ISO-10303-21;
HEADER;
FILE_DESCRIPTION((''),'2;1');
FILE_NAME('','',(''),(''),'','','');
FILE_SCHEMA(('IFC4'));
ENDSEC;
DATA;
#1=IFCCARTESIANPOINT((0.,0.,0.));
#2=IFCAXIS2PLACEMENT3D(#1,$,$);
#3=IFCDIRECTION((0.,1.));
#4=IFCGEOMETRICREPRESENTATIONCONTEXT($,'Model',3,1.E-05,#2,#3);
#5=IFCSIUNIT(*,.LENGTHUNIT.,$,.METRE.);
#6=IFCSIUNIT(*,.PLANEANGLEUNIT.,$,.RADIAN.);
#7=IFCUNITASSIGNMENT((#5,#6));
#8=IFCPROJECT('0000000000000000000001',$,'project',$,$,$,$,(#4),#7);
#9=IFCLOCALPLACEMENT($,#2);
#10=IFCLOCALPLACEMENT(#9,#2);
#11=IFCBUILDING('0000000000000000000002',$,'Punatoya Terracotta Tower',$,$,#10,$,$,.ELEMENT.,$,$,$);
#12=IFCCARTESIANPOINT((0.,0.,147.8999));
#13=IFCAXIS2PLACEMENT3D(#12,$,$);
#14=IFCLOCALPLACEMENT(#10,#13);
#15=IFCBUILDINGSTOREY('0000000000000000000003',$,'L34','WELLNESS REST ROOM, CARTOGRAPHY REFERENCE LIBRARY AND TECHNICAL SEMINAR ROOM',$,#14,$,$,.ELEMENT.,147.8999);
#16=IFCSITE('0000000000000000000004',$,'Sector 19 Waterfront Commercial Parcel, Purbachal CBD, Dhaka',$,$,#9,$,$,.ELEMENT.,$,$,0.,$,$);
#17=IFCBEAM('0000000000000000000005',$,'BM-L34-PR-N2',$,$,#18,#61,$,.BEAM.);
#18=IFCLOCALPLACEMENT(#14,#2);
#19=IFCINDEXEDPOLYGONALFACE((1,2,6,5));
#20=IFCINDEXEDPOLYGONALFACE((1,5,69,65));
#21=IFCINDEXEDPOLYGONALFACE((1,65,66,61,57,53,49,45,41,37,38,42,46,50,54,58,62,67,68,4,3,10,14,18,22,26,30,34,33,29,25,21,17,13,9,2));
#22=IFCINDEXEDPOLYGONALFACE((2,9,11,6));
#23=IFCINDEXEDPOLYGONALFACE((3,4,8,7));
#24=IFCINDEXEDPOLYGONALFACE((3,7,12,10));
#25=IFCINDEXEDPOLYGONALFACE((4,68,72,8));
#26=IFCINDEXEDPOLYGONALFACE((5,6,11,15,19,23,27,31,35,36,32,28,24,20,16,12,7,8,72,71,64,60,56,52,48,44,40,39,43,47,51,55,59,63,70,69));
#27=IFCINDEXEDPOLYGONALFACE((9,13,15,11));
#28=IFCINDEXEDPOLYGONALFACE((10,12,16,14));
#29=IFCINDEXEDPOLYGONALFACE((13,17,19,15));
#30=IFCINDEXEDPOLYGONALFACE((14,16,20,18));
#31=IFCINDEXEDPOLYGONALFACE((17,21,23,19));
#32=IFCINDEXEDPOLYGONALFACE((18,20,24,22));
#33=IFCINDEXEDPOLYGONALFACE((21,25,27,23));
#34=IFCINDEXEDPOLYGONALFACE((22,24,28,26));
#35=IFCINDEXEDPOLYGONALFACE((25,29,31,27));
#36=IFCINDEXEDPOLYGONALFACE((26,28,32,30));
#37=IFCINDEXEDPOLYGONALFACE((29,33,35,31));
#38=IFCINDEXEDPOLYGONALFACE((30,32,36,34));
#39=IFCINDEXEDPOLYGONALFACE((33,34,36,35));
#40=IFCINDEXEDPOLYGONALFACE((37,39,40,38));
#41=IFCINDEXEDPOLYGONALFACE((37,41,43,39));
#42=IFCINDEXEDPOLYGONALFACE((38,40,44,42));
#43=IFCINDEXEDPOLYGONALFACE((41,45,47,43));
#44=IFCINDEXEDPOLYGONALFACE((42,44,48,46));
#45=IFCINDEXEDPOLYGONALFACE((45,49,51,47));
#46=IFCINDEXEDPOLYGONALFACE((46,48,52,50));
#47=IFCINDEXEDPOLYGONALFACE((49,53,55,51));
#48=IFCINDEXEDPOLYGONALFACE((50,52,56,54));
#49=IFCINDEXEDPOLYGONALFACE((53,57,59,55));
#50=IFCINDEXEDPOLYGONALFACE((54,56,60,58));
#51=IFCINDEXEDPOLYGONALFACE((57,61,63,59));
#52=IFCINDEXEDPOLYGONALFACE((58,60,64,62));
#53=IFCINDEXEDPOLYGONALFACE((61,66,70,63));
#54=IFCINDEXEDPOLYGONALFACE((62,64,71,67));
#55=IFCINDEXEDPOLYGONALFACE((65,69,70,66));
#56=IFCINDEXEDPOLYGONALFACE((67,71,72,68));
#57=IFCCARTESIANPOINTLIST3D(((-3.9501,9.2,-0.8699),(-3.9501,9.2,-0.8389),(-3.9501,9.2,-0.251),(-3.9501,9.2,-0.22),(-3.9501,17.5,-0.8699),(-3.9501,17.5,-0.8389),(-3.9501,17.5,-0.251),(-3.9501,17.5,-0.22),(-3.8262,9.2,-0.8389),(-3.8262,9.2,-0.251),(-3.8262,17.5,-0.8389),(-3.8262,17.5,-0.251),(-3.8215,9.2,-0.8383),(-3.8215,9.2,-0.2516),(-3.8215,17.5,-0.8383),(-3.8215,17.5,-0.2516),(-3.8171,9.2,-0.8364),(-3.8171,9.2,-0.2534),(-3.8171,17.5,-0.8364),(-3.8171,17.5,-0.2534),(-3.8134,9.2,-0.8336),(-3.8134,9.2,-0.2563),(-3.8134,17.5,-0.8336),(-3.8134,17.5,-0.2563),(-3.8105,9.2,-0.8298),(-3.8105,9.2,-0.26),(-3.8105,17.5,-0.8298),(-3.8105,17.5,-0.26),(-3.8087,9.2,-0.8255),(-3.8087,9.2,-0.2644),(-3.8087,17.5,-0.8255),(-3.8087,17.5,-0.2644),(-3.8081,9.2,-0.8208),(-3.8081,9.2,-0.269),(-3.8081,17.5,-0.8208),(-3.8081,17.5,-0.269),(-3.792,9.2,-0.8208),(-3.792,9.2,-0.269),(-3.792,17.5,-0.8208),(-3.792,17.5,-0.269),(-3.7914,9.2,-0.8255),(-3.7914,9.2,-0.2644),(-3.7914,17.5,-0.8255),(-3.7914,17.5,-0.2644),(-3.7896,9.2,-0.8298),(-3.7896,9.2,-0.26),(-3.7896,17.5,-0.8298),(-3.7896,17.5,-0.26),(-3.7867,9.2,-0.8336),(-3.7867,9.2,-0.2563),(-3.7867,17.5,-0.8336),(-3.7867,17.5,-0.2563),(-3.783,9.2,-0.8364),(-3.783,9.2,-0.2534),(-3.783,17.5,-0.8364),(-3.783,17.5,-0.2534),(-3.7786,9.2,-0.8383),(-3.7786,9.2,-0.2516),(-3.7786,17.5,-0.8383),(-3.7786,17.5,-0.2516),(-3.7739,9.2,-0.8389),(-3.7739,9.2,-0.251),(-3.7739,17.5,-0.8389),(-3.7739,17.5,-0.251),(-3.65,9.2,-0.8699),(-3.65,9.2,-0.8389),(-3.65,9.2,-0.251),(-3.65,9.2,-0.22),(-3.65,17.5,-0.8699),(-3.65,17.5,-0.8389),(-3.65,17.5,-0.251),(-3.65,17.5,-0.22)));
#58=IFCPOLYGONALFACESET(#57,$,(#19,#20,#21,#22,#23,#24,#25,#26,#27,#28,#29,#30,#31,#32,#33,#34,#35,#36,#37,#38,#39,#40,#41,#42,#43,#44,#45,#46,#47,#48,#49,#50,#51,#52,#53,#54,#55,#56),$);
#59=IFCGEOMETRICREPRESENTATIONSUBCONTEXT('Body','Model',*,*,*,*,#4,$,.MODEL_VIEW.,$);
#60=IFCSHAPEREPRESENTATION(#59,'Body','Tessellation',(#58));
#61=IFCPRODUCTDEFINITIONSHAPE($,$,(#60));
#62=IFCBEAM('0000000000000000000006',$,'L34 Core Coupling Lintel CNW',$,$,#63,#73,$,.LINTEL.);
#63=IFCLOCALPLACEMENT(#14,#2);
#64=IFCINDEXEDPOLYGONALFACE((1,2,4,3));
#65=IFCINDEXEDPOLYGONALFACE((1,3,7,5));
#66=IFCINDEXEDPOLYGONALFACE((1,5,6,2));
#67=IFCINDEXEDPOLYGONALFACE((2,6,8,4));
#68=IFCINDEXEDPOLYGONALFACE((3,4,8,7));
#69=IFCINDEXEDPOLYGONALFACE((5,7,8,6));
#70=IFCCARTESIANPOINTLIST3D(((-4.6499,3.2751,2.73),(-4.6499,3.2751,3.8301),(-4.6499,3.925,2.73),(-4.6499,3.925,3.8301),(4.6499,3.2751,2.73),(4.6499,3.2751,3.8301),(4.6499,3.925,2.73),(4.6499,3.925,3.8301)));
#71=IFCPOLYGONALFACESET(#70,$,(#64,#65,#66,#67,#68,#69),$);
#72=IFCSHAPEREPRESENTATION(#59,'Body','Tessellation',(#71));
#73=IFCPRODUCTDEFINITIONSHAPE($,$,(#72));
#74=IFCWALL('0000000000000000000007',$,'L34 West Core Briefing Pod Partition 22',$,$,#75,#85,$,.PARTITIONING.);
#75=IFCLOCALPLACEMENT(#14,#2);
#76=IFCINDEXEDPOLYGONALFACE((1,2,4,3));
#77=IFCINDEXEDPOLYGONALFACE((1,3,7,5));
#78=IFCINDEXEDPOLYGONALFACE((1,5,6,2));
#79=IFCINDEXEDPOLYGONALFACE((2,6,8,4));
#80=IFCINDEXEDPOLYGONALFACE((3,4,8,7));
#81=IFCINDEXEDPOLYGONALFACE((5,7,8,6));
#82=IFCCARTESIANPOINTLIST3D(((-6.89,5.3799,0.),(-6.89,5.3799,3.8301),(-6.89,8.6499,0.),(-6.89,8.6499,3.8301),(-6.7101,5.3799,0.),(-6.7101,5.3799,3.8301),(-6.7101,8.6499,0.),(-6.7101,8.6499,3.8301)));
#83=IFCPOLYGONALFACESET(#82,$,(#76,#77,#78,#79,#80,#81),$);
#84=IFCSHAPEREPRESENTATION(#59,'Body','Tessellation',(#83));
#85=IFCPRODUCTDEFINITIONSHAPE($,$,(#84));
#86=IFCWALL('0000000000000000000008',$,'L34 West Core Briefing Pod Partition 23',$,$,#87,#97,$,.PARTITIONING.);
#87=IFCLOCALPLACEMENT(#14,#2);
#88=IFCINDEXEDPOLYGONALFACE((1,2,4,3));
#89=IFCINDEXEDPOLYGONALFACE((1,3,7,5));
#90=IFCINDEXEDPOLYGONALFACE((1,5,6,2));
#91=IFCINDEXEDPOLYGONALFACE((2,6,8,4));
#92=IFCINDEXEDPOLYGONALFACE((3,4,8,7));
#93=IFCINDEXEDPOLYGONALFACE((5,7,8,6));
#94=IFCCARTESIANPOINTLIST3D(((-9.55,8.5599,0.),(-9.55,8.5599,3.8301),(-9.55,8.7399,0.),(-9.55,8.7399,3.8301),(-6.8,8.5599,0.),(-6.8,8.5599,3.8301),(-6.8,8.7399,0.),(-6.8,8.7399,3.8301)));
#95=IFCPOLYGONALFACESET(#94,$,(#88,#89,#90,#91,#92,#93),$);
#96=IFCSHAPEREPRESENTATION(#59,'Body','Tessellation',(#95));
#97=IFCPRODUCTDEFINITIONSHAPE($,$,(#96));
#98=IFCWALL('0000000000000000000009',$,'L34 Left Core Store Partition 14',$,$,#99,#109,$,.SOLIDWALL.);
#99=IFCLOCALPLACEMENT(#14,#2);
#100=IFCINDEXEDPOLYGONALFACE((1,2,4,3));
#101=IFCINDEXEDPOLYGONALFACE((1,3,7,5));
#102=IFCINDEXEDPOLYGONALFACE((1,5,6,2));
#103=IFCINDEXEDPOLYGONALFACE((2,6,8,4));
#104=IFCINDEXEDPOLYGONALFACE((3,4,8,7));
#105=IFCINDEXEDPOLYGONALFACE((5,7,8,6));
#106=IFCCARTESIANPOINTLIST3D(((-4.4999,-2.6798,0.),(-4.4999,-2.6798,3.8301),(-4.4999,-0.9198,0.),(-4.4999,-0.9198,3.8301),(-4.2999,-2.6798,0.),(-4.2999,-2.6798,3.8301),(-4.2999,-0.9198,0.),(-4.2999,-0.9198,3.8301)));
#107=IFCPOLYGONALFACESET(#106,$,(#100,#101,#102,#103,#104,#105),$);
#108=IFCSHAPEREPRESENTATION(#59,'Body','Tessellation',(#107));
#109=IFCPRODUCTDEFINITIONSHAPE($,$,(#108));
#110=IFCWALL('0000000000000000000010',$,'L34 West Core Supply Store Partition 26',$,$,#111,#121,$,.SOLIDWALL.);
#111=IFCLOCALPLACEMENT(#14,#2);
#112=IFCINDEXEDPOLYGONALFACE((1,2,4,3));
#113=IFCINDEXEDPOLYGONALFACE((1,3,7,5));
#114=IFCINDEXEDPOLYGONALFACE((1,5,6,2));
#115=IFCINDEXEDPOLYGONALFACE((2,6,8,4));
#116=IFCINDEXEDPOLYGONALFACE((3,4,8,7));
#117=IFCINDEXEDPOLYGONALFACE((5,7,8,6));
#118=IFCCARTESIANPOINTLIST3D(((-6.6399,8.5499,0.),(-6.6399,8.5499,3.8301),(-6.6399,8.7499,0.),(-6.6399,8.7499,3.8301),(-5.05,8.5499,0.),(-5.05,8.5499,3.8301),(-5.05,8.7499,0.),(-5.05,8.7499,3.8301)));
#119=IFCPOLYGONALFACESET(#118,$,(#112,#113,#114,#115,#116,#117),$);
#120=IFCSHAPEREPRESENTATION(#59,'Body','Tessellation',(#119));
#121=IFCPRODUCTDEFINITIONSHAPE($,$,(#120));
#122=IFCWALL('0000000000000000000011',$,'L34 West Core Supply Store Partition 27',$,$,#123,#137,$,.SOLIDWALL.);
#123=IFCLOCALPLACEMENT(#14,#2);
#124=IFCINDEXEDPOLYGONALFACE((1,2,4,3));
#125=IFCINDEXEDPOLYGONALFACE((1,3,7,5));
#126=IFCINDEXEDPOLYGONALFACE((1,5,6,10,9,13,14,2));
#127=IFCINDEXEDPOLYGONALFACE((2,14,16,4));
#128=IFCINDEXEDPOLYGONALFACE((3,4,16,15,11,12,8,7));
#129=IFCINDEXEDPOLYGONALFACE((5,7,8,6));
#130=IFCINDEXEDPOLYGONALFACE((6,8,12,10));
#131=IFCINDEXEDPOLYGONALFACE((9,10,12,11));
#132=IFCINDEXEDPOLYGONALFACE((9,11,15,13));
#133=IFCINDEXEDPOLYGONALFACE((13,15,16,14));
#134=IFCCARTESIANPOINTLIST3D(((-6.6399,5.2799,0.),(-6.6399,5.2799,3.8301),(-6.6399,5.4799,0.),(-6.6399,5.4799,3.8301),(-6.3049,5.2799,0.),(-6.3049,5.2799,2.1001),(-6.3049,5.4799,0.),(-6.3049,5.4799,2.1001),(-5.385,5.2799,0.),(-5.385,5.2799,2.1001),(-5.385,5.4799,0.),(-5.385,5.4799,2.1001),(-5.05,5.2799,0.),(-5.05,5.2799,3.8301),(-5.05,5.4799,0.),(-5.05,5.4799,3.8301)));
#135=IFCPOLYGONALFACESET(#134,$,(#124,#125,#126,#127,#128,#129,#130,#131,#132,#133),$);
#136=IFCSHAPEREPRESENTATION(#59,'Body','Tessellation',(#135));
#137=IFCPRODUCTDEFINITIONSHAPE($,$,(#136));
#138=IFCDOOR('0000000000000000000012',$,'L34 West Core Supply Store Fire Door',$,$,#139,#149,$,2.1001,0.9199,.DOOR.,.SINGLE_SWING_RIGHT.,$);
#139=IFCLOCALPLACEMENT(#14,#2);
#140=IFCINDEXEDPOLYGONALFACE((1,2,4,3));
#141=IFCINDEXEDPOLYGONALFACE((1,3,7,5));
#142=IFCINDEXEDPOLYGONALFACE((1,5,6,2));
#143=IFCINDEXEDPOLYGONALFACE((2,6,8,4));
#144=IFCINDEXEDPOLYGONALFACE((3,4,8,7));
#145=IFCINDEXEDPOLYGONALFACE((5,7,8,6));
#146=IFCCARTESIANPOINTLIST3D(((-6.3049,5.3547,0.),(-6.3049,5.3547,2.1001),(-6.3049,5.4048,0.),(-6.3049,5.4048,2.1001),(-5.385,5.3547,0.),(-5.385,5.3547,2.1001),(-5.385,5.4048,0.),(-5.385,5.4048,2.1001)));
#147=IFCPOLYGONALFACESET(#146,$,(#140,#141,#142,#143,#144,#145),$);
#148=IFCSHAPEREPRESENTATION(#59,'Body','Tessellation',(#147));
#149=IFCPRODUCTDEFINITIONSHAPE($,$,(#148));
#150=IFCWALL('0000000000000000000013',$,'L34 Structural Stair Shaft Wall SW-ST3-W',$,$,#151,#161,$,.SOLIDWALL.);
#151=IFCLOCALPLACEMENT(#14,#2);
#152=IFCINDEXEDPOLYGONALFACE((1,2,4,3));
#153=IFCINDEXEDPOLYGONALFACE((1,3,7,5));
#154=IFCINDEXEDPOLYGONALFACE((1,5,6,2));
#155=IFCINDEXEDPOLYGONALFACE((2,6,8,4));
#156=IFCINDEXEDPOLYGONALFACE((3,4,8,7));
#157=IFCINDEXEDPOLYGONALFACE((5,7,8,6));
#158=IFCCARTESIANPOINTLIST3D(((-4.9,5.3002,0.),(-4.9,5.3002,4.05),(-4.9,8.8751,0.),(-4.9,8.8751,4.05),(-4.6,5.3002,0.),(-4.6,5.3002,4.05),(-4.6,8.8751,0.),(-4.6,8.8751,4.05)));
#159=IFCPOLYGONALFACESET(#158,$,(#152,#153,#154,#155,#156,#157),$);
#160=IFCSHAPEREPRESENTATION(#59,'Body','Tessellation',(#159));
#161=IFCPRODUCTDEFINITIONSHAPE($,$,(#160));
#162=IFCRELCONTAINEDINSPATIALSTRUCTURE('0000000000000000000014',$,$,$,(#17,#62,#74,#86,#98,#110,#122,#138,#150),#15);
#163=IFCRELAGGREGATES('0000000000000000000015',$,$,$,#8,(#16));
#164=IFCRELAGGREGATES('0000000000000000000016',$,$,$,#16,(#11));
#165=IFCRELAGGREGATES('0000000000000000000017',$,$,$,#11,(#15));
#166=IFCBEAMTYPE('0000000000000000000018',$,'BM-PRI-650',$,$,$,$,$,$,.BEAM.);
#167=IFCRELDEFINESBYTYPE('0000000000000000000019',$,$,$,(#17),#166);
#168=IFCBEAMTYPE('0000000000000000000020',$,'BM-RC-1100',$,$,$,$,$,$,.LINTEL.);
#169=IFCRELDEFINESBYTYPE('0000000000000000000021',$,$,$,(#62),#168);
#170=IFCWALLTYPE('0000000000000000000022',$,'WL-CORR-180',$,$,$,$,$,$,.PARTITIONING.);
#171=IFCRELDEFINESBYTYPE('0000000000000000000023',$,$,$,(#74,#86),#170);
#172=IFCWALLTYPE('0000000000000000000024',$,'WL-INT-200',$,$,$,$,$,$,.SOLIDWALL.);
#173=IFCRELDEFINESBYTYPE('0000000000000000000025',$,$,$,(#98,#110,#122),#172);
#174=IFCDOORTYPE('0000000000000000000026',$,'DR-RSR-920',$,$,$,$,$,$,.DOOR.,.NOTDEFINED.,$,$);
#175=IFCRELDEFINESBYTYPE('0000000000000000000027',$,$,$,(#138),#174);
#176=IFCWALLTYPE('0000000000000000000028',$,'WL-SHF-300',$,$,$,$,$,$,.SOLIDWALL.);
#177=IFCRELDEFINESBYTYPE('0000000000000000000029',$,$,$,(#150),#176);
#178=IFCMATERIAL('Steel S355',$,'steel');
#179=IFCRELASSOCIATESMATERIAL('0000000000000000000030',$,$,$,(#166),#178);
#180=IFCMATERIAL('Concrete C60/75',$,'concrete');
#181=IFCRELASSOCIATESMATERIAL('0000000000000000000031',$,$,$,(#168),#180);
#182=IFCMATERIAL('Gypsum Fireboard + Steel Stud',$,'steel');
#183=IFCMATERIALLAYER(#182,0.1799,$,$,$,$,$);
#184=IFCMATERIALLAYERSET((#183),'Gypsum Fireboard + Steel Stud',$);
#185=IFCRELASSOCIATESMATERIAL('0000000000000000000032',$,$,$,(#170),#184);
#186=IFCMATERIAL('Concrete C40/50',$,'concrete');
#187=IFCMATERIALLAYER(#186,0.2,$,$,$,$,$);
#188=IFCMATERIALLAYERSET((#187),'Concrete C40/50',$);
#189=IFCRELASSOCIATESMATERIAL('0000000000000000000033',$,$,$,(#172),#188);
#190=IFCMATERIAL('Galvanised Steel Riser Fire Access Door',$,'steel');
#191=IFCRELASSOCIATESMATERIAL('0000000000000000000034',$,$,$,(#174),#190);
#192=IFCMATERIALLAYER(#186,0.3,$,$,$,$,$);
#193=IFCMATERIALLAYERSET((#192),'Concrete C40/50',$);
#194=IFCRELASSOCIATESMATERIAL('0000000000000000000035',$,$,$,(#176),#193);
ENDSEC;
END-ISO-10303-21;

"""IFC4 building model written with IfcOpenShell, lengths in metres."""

from ifc_helpers import new_model, si_unit, direction, frame, frame_2d, origin, origin_2d, place, context, subcontext, project, spatial, rectangle, i_section, extrude, material, layer, layer_set, material_profile, profile_set, type_object, element, fill, save


model = new_model("IFC4")

# Units and contexts
model_context = context("Model", 3, precision=1e-05, world=origin(), true_north=direction((0.0, 1.0)))
body_context = subcontext(model_context, "Body", "Model", "MODEL_VIEW")
ifc_project = project(units=[si_unit("LENGTHUNIT", "METRE"), si_unit("PLANEANGLEUNIT", "RADIAN")], contexts=[model_context])

# Site, building, storey
site_placement = place(None, origin())
site = spatial("IfcSite", under=ifc_project, at=site_placement, Name="Sector 19 Waterfront Commercial Parcel, Purbachal CBD, Dhaka", CompositionType="ELEMENT", RefElevation=0.0)
building_placement = place(site_placement, origin())
building = spatial("IfcBuilding", under=site, at=building_placement, Name="Punatoya Terracotta Tower", CompositionType="ELEMENT")
storey_placement = place(building_placement, frame((0.0, 0.0, 147.8999)))
storey = spatial("IfcBuildingStorey", under=building, at=storey_placement, Name="L34", Description="WELLNESS REST ROOM, CARTOGRAPHY REFERENCE LIBRARY AND TECHNICAL SEMINAR ROOM", CompositionType="ELEMENT", Elevation=147.8999)

# Beams
ifc_material_1 = material(Name="Steel S355", Category="steel")
ifc_material_profile_1 = material_profile(ifc_material_1, i_section(OverallWidth=0.3, OverallDepth=0.6499, WebThickness=0.0161, FlangeThickness=0.031, FilletRadius=0.0181, at=origin_2d()))
ifc_profile_set_1 = profile_set([ifc_material_profile_1], Name="Steel S355")
beam_type_1 = type_object("IfcBeamType", Name="BM-PRI-650", PredefinedType="BEAM", material=ifc_profile_set_1)
beam_1_placement = place(storey_placement, frame((-3.8, 9.2, -0.5449), z_axis=(0.0, 1.0, 0.0), x_axis=(-1.0, 0.0, 0.0)))
element("IfcBeam", 1, at=beam_1_placement, inside=storey, type_object=beam_type_1, Name="BM-L34-PR-N2", PredefinedType="BEAM", context=body_context, shape_type="SweptSolid", body=[
    extrude(i_section(OverallWidth=0.3, OverallDepth=0.6499, WebThickness=0.0161, FlangeThickness=0.031, FilletRadius=0.0181, at=origin_2d()), origin(), (0.0, 0.0, 1.0), 8.3),
])
ifc_material_2 = material(Name="Concrete C60/75", Category="concrete")
ifc_material_profile_2 = material_profile(ifc_material_2, rectangle(XDim=0.6499, YDim=1.1001, at=origin_2d()))
ifc_profile_set_2 = profile_set([ifc_material_profile_2], Name="Concrete C60/75")
beam_type_2 = type_object("IfcBeamType", Name="BM-RC-1100", PredefinedType="LINTEL", material=ifc_profile_set_2)
beam_2_placement = place(storey_placement, frame((-4.6499, 3.6001, 3.28), z_axis=(1.0, 0.0, 0.0), x_axis=(0.0, 1.0, 0.0)))
element("IfcBeam", 2, at=beam_2_placement, inside=storey, type_object=beam_type_2, Name="L34 Core Coupling Lintel CNW", PredefinedType="LINTEL", context=body_context, shape_type="SweptSolid", body=[
    extrude(rectangle(XDim=0.6499, YDim=1.1001, at=origin_2d()), origin(), (0.0, 0.0, 1.0), 9.2998),
])

# Walls
ifc_material_3 = material(Name="Gypsum Fireboard + Steel Stud", Category="steel")
ifc_layer_1 = layer(ifc_material_3, 0.1799)
ifc_layer_set_1 = layer_set([ifc_layer_1], Name="Gypsum Fireboard + Steel Stud")
wall_type_1 = type_object("IfcWallType", Name="WL-CORR-180", PredefinedType="PARTITIONING", material=ifc_layer_set_1)
wall_1_placement = place(storey_placement, frame((-6.8, 5.3799, 0.0), z_axis=(0.0, 0.0, 1.0), x_axis=(0.0, 1.0, 0.0)))
element("IfcWall", 3, at=wall_1_placement, inside=storey, type_object=wall_type_1, Name="L34 West Core Briefing Pod Partition 22", PredefinedType="PARTITIONING", context=body_context, shape_type="SweptSolid", body=[
    extrude(rectangle(XDim=3.27, YDim=0.1799, at=frame_2d((1.635, 0.0))), origin(), (0.0, 0.0, 1.0), 3.8301),
])
wall_2_placement = place(storey_placement, frame((-6.8, 8.6499, 0.0), z_axis=(0.0, 0.0, 1.0), x_axis=(-1.0, 0.0, 0.0)))
element("IfcWall", 4, at=wall_2_placement, inside=storey, type_object=wall_type_1, Name="L34 West Core Briefing Pod Partition 23", PredefinedType="PARTITIONING", context=body_context, shape_type="SweptSolid", body=[
    extrude(rectangle(XDim=2.75, YDim=0.1799, at=frame_2d((1.375, 0.0))), origin(), (0.0, 0.0, 1.0), 3.8301),
])
ifc_material_4 = material(Name="Concrete C40/50", Category="concrete")
ifc_layer_2 = layer(ifc_material_4, 0.2)
ifc_layer_set_2 = layer_set([ifc_layer_2], Name="Concrete C40/50")
wall_type_2 = type_object("IfcWallType", Name="WL-INT-200", PredefinedType="SOLIDWALL", material=ifc_layer_set_2)
wall_3_placement = place(storey_placement, frame((-4.3999, -0.9199, 0.0), z_axis=(0.0, 0.0, 1.0), x_axis=(0.0, -1.0, 0.0)))
element("IfcWall", 5, at=wall_3_placement, inside=storey, type_object=wall_type_2, Name="L34 Left Core Store Partition 14", PredefinedType="SOLIDWALL", context=body_context, shape_type="SweptSolid", body=[
    extrude(rectangle(XDim=1.76, YDim=0.2, at=frame_2d((0.8799, 0.0))), origin(), (0.0, 0.0, 1.0), 3.8301),
])
wall_4_placement = place(storey_placement, frame((-5.05, 8.6499, 0.0), z_axis=(0.0, 0.0, 1.0), x_axis=(-1.0, 0.0, 0.0)))
element("IfcWall", 6, at=wall_4_placement, inside=storey, type_object=wall_type_2, Name="L34 West Core Supply Store Partition 26", PredefinedType="SOLIDWALL", context=body_context, shape_type="SweptSolid", body=[
    extrude(rectangle(XDim=1.5898, YDim=0.2, at=frame_2d((0.7949, 0.0))), origin(), (0.0, 0.0, 1.0), 3.8301),
])

# Wall, opening, door
wall_5_placement = place(storey_placement, frame((-6.6399, 5.3799, 0.0), z_axis=(0.0, 0.0, 1.0), x_axis=(1.0, 0.0, 0.0)))
wall_5 = element("IfcWall", 7, at=wall_5_placement, inside=storey, type_object=wall_type_2, Name="L34 West Core Supply Store Partition 27", PredefinedType="SOLIDWALL", context=body_context, shape_type="SweptSolid", body=[
    extrude(rectangle(XDim=1.5898, YDim=0.2, at=frame_2d((0.7949, 0.0))), origin(), (0.0, 0.0, 1.0), 3.8301),
])
opening_1_placement = place(wall_5_placement, frame((0.335, 0.0, 0.0)))
opening_1 = element("IfcOpeningElement", 8, at=opening_1_placement, cuts=wall_5, PredefinedType="OPENING", context=body_context, shape_type="SweptSolid", body=[
    extrude(rectangle(XDim=0.9199, YDim=2.1001, at=frame_2d((0.46, 1.05))), frame((0.0, 0.1099, 0.0), z_axis=(0.0, -1.0, 0.0), x_axis=(1.0, 0.0, 0.0)), (0.0, 0.0, 1.0), 0.22),
])
ifc_material_5 = material(Name="Galvanised Steel Riser Fire Access Door", Category="steel")
door_type_1 = type_object("IfcDoorType", Name="DR-RSR-920", OperationType="NOTDEFINED", PredefinedType="DOOR", material=ifc_material_5)
door_1_placement = place(opening_1_placement, origin())
door_1 = element("IfcDoor", 9, at=door_1_placement, inside=storey, type_object=door_type_1, Name="L34 West Core Supply Store Fire Door", OperationType="SINGLE_SWING_RIGHT", OverallHeight=2.1001, OverallWidth=0.9199, PredefinedType="DOOR", context=body_context, shape_type="SweptSolid", body=[
    extrude(rectangle(XDim=0.9199, YDim=2.1001, at=frame_2d((0.46, 1.05))), frame((0.0, 0.0249, 0.0), z_axis=(0.0, -1.0, 0.0), x_axis=(1.0, 0.0, 0.0)), (0.0, 0.0, 1.0), 0.05),
])
fill(opening_1, door_1)

# Wall
ifc_layer_3 = layer(ifc_material_4, 0.3)
ifc_layer_set_3 = layer_set([ifc_layer_3], Name="Concrete C40/50")
wall_type_3 = type_object("IfcWallType", Name="WL-SHF-300", PredefinedType="SOLIDWALL", material=ifc_layer_set_3)
wall_6_placement = place(storey_placement, frame((-4.75, 5.3, 0.0), z_axis=(0.0, 0.0, 1.0), x_axis=(0.0, 1.0, 0.0)))
element("IfcWall", 10, at=wall_6_placement, inside=storey, type_object=wall_type_3, Name="L34 Structural Stair Shaft Wall SW-ST3-W", PredefinedType="SOLIDWALL", context=body_context, shape_type="SweptSolid", body=[
    extrude(rectangle(XDim=3.575, YDim=0.3, at=frame_2d((1.7876, 0.0))), origin(), (0.0, 0.0, 1.0), 4.05),
])

save(model, "model.ifc")
